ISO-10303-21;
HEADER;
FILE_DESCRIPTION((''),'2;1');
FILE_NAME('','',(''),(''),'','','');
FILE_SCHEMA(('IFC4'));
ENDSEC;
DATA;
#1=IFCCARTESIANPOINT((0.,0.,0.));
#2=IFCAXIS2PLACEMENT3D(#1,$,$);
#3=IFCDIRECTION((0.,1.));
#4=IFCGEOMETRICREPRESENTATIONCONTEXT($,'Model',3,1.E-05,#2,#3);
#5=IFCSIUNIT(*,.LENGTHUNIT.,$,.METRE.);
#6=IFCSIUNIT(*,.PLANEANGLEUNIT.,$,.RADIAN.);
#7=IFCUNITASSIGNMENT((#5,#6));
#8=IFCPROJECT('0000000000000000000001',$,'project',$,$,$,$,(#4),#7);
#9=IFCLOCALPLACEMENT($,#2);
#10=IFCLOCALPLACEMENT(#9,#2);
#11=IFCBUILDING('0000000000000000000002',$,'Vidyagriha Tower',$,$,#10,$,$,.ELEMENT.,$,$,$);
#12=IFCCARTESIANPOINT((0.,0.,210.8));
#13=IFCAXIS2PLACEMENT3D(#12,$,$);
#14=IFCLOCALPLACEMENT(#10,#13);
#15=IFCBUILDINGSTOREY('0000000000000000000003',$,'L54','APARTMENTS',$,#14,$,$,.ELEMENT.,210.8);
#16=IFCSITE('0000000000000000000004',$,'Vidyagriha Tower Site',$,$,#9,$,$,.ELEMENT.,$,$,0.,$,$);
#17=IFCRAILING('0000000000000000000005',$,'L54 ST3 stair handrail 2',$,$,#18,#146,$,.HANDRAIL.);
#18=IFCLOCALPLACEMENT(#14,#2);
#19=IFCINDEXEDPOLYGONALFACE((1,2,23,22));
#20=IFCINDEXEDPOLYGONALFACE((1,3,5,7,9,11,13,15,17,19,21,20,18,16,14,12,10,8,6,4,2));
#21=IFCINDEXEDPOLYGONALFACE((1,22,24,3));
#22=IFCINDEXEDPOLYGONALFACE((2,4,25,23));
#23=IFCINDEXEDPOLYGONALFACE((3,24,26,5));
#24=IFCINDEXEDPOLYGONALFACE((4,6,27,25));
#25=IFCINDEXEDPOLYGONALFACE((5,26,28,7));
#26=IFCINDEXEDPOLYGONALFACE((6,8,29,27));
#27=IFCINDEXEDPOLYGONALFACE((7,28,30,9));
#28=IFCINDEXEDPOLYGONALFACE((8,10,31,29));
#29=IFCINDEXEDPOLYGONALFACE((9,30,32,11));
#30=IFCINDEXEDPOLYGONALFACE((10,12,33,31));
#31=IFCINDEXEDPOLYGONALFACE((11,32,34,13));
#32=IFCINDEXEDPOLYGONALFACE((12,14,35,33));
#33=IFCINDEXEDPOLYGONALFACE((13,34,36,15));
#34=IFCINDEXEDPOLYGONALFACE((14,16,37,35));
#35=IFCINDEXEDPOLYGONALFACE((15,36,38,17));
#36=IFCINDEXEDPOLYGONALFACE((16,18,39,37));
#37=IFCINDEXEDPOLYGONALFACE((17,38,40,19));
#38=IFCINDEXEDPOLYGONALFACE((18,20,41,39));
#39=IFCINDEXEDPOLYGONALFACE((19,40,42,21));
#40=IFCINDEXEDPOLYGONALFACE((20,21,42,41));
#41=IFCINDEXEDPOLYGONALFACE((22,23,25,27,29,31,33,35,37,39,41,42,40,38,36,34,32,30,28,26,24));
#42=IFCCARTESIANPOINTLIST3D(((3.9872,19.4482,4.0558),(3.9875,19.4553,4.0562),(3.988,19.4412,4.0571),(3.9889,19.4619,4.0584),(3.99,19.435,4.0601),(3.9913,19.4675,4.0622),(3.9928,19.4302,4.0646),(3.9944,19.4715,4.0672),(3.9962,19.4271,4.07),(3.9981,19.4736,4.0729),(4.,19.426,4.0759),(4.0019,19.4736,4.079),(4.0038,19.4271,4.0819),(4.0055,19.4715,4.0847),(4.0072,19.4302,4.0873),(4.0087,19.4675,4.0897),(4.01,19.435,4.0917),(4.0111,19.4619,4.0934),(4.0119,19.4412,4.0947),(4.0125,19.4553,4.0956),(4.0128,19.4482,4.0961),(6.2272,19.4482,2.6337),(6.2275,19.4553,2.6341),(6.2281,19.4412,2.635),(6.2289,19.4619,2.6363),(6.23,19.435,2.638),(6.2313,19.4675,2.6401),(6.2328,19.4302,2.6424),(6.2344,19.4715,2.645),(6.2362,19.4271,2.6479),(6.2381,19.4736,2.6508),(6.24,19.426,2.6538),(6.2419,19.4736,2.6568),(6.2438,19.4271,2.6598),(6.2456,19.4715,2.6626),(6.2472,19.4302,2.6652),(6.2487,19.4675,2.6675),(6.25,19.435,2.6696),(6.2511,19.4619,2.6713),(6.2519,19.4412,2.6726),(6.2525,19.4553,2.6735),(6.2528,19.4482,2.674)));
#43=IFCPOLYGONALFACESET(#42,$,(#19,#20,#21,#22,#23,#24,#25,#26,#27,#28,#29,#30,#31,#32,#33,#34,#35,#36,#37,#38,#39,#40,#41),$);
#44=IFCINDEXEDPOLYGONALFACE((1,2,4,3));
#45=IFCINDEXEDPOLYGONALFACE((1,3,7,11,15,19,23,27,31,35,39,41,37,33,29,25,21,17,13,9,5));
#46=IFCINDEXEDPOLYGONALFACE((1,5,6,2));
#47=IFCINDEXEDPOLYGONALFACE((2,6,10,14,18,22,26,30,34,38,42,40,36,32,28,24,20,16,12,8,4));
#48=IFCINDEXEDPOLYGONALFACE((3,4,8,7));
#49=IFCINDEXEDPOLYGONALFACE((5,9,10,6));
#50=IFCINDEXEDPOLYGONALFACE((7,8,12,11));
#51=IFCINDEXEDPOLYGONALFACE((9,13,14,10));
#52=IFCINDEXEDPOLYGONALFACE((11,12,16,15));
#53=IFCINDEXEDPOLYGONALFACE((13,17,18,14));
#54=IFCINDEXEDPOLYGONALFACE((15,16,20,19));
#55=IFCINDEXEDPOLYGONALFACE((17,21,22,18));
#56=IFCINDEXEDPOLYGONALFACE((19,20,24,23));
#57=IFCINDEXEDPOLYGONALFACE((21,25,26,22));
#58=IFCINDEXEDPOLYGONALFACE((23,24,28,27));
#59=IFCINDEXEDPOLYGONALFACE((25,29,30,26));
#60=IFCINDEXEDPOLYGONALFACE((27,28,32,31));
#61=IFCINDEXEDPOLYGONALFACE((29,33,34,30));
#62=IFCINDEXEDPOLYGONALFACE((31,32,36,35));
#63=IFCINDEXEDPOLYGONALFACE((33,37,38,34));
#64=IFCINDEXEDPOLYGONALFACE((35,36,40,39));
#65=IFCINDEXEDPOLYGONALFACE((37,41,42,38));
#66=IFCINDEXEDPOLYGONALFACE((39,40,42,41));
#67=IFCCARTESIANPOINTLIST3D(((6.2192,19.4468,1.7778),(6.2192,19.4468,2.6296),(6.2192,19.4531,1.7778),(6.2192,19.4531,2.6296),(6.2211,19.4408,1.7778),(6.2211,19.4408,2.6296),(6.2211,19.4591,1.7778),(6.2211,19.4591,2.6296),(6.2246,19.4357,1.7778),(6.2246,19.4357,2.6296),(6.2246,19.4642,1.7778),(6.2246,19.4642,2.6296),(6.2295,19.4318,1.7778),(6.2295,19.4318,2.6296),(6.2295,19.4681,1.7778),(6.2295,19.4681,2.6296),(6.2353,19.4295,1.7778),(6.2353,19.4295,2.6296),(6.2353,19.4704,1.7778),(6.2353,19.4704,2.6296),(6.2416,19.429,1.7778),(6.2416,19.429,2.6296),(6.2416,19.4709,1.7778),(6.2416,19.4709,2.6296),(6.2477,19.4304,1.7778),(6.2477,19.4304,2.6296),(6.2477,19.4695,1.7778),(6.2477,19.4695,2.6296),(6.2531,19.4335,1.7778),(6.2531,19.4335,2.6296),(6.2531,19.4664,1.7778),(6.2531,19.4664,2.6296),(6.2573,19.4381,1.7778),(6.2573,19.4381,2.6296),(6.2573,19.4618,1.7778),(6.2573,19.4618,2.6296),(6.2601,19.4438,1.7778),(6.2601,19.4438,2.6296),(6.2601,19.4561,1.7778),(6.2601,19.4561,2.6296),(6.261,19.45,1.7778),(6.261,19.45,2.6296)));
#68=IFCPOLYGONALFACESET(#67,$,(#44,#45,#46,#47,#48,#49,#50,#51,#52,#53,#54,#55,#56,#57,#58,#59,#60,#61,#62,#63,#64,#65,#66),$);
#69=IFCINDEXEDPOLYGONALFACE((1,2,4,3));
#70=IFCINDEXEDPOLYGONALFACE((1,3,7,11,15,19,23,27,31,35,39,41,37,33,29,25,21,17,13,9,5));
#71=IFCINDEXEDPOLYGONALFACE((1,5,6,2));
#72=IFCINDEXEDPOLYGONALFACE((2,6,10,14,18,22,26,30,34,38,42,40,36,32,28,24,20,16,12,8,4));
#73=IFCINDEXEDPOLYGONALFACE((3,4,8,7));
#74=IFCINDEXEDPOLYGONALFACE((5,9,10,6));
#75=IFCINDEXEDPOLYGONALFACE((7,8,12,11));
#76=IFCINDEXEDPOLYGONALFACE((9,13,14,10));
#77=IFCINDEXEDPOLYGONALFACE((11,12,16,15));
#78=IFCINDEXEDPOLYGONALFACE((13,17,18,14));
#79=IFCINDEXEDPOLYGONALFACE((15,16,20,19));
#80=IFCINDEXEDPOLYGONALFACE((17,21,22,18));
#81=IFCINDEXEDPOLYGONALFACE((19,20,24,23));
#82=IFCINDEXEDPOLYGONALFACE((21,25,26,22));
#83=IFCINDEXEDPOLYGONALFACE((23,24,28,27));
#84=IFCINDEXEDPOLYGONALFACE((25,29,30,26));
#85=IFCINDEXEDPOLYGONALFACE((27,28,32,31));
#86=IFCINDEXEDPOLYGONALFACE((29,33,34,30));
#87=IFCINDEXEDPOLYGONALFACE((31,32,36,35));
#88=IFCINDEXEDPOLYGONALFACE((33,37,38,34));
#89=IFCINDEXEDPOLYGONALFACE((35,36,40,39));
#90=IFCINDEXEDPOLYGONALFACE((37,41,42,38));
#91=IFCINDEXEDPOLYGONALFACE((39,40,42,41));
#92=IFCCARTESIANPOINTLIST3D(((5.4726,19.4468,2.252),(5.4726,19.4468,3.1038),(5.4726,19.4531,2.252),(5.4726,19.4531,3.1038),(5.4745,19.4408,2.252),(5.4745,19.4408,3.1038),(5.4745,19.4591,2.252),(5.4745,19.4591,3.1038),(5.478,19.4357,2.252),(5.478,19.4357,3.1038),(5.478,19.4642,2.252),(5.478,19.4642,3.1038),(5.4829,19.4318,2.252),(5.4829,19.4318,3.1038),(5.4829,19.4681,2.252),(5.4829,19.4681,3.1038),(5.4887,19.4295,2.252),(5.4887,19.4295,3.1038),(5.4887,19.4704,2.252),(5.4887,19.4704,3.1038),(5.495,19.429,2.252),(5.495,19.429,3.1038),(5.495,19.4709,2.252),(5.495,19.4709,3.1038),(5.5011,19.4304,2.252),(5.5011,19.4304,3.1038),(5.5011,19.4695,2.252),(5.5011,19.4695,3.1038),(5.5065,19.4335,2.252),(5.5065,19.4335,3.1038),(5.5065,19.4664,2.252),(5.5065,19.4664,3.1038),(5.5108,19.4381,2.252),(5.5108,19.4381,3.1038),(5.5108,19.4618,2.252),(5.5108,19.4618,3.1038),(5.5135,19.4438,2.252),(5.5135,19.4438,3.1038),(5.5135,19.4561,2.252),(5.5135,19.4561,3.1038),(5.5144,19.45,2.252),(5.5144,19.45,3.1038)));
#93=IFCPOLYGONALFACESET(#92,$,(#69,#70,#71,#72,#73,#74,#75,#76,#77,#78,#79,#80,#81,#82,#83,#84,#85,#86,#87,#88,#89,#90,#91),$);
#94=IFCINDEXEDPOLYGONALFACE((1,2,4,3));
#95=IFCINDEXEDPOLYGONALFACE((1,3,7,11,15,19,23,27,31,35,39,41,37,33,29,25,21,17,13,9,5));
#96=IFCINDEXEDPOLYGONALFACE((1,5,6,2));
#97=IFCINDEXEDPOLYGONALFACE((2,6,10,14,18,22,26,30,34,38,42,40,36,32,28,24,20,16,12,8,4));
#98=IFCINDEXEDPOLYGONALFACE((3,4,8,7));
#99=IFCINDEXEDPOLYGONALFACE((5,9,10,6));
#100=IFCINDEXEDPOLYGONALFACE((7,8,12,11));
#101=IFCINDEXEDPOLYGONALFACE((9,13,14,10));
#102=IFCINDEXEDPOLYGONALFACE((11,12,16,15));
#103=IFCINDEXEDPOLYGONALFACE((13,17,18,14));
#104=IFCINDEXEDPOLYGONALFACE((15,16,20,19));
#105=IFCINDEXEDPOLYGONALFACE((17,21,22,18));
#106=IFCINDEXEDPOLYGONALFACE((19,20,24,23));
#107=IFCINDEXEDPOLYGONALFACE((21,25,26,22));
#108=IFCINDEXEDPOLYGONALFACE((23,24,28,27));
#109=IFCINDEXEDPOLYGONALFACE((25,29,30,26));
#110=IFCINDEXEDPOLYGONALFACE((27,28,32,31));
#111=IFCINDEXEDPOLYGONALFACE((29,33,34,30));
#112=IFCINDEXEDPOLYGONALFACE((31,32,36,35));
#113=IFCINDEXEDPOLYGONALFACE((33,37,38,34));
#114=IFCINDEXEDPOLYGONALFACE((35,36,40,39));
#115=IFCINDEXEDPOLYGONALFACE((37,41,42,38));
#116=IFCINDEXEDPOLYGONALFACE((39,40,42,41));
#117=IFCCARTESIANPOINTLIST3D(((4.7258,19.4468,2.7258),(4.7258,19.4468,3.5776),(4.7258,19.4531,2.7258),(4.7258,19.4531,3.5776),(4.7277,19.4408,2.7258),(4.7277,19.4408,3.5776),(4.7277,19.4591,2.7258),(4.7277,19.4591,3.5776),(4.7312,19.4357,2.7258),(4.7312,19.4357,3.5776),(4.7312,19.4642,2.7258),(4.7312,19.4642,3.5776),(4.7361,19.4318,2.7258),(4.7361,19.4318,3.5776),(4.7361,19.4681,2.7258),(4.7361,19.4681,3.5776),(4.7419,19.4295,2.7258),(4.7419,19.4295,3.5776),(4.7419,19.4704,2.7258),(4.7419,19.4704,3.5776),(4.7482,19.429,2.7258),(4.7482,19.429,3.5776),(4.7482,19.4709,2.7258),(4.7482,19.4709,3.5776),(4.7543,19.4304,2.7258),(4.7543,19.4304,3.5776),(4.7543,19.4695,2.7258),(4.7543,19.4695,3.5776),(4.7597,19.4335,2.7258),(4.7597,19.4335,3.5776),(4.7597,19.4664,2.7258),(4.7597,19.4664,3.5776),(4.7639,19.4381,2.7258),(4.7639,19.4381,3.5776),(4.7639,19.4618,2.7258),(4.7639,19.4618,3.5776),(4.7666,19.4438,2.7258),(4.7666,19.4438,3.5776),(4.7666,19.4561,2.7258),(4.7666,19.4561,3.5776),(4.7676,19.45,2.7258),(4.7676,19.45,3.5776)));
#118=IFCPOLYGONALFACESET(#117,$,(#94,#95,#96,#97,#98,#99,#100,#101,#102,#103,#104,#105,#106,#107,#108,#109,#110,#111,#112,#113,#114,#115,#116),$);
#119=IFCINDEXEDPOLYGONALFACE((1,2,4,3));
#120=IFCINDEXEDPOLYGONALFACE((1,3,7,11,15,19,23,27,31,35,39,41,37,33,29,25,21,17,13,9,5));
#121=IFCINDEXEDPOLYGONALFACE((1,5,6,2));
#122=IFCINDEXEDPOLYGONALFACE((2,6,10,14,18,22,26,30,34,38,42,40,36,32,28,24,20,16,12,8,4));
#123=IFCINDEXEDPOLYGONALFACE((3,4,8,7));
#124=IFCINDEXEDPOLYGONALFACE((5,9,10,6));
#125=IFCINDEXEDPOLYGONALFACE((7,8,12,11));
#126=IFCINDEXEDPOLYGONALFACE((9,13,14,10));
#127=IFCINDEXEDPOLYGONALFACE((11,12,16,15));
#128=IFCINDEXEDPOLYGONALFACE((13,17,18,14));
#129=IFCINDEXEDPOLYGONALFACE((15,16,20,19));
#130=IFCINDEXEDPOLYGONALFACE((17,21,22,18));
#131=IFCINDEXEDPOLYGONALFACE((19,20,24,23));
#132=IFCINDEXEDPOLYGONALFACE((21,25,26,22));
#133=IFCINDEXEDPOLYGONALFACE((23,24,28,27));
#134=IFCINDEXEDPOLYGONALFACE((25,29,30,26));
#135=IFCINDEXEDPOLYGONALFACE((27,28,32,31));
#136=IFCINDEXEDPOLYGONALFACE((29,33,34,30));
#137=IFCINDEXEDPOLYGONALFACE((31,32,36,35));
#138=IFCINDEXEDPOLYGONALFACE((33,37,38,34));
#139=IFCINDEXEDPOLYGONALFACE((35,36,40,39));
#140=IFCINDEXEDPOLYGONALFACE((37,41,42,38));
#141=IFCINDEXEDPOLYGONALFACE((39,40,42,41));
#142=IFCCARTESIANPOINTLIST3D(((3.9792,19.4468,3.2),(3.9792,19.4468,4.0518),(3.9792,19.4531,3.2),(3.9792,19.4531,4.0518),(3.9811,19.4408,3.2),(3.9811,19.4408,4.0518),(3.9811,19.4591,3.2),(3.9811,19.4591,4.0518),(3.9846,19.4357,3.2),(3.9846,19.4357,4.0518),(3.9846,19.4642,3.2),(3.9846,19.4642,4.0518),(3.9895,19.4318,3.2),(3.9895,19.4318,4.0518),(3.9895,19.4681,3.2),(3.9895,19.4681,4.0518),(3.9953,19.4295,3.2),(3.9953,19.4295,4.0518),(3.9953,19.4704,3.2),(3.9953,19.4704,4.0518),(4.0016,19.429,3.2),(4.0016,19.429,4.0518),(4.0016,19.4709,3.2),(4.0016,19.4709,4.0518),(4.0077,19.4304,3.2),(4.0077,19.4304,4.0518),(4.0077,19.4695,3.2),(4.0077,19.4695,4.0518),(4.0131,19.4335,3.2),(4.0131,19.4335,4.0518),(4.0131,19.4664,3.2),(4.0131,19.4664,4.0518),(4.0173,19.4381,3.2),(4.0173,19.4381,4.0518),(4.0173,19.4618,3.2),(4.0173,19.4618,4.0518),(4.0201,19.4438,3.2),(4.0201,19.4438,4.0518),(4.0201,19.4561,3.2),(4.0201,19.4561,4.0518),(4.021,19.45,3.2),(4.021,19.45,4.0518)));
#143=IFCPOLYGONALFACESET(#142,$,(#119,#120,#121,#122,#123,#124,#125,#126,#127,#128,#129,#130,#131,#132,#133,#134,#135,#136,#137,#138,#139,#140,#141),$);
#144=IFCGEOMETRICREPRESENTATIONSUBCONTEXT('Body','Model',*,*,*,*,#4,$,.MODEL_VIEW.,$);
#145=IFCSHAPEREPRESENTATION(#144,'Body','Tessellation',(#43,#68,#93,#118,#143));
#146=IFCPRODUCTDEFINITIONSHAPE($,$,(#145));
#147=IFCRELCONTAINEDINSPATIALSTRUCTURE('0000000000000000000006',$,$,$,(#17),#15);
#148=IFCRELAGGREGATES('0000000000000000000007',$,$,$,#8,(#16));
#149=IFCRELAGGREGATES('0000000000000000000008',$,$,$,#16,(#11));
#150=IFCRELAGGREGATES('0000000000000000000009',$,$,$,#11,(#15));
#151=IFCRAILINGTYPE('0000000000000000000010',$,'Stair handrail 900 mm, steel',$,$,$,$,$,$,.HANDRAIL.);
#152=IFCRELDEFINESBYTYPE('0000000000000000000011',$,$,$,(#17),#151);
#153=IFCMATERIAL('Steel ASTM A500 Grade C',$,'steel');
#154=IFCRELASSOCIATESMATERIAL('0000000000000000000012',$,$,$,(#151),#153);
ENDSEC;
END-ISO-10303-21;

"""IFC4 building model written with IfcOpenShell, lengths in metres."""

from ifc_helpers import new_model, si_unit, direction, frame, origin, origin_2d, place, context, subcontext, project, spatial, circle, extrude, material, type_object, element, save


model = new_model("IFC4")

# Units and contexts
model_context = context("Model", 3, precision=1e-05, world=origin(), true_north=direction((0.0, 1.0)))
body_context = subcontext(model_context, "Body", "Model", "MODEL_VIEW")
ifc_project = project(units=[si_unit("LENGTHUNIT", "METRE"), si_unit("PLANEANGLEUNIT", "RADIAN")], contexts=[model_context])

# Site, building, storey
site_placement = place(None, origin())
site = spatial("IfcSite", under=ifc_project, at=site_placement, Name="Vidyagriha Tower Site", CompositionType="ELEMENT", RefElevation=0.0)
building_placement = place(site_placement, origin())
building = spatial("IfcBuilding", under=site, at=building_placement, Name="Vidyagriha Tower", CompositionType="ELEMENT")
storey_placement = place(building_placement, frame((0.0, 0.0, 210.8)))
storey = spatial("IfcBuildingStorey", under=building, at=storey_placement, Name="L54", Description="APARTMENTS", CompositionType="ELEMENT", Elevation=210.8)

# Railing
ifc_material_1 = material(Name="Steel ASTM A500 Grade C", Category="steel")
railing_type_1 = type_object("IfcRailingType", Name="Stair handrail 900 mm, steel", PredefinedType="HANDRAIL", material=ifc_material_1)
railing_1_placement = place(storey_placement, frame((6.24, 19.45, 1.7778)))
element("IfcRailing", 1, at=railing_1_placement, inside=storey, type_object=railing_type_1, Name="L54 ST3 stair handrail 2", PredefinedType="HANDRAIL", context=body_context, shape_type="SweptSolid", body=[
    extrude(circle(Radius=0.0239, at=origin_2d()), frame((0.0, 0.0, 0.876), z_axis=(-0.844229, 0.0, 0.535982), x_axis=(0.0, -1.0, 0.0)), (0.0, 0.0, 1.0), 2.6533),
    extrude(circle(Radius=0.021, at=origin_2d()), origin(), (0.0, 0.0, 1.0), 0.8518),
    extrude(circle(Radius=0.021, at=origin_2d()), frame((-0.7466, 0.0, 0.4741)), (0.0, 0.0, 1.0), 0.8518),
    extrude(circle(Radius=0.021, at=origin_2d()), frame((-1.4934, 0.0, 0.948)), (0.0, 0.0, 1.0), 0.8518),
    extrude(circle(Radius=0.021, at=origin_2d()), frame((-2.24, 0.0, 1.4221)), (0.0, 0.0, 1.0), 0.8518),
])

save(model, "model.ifc")
